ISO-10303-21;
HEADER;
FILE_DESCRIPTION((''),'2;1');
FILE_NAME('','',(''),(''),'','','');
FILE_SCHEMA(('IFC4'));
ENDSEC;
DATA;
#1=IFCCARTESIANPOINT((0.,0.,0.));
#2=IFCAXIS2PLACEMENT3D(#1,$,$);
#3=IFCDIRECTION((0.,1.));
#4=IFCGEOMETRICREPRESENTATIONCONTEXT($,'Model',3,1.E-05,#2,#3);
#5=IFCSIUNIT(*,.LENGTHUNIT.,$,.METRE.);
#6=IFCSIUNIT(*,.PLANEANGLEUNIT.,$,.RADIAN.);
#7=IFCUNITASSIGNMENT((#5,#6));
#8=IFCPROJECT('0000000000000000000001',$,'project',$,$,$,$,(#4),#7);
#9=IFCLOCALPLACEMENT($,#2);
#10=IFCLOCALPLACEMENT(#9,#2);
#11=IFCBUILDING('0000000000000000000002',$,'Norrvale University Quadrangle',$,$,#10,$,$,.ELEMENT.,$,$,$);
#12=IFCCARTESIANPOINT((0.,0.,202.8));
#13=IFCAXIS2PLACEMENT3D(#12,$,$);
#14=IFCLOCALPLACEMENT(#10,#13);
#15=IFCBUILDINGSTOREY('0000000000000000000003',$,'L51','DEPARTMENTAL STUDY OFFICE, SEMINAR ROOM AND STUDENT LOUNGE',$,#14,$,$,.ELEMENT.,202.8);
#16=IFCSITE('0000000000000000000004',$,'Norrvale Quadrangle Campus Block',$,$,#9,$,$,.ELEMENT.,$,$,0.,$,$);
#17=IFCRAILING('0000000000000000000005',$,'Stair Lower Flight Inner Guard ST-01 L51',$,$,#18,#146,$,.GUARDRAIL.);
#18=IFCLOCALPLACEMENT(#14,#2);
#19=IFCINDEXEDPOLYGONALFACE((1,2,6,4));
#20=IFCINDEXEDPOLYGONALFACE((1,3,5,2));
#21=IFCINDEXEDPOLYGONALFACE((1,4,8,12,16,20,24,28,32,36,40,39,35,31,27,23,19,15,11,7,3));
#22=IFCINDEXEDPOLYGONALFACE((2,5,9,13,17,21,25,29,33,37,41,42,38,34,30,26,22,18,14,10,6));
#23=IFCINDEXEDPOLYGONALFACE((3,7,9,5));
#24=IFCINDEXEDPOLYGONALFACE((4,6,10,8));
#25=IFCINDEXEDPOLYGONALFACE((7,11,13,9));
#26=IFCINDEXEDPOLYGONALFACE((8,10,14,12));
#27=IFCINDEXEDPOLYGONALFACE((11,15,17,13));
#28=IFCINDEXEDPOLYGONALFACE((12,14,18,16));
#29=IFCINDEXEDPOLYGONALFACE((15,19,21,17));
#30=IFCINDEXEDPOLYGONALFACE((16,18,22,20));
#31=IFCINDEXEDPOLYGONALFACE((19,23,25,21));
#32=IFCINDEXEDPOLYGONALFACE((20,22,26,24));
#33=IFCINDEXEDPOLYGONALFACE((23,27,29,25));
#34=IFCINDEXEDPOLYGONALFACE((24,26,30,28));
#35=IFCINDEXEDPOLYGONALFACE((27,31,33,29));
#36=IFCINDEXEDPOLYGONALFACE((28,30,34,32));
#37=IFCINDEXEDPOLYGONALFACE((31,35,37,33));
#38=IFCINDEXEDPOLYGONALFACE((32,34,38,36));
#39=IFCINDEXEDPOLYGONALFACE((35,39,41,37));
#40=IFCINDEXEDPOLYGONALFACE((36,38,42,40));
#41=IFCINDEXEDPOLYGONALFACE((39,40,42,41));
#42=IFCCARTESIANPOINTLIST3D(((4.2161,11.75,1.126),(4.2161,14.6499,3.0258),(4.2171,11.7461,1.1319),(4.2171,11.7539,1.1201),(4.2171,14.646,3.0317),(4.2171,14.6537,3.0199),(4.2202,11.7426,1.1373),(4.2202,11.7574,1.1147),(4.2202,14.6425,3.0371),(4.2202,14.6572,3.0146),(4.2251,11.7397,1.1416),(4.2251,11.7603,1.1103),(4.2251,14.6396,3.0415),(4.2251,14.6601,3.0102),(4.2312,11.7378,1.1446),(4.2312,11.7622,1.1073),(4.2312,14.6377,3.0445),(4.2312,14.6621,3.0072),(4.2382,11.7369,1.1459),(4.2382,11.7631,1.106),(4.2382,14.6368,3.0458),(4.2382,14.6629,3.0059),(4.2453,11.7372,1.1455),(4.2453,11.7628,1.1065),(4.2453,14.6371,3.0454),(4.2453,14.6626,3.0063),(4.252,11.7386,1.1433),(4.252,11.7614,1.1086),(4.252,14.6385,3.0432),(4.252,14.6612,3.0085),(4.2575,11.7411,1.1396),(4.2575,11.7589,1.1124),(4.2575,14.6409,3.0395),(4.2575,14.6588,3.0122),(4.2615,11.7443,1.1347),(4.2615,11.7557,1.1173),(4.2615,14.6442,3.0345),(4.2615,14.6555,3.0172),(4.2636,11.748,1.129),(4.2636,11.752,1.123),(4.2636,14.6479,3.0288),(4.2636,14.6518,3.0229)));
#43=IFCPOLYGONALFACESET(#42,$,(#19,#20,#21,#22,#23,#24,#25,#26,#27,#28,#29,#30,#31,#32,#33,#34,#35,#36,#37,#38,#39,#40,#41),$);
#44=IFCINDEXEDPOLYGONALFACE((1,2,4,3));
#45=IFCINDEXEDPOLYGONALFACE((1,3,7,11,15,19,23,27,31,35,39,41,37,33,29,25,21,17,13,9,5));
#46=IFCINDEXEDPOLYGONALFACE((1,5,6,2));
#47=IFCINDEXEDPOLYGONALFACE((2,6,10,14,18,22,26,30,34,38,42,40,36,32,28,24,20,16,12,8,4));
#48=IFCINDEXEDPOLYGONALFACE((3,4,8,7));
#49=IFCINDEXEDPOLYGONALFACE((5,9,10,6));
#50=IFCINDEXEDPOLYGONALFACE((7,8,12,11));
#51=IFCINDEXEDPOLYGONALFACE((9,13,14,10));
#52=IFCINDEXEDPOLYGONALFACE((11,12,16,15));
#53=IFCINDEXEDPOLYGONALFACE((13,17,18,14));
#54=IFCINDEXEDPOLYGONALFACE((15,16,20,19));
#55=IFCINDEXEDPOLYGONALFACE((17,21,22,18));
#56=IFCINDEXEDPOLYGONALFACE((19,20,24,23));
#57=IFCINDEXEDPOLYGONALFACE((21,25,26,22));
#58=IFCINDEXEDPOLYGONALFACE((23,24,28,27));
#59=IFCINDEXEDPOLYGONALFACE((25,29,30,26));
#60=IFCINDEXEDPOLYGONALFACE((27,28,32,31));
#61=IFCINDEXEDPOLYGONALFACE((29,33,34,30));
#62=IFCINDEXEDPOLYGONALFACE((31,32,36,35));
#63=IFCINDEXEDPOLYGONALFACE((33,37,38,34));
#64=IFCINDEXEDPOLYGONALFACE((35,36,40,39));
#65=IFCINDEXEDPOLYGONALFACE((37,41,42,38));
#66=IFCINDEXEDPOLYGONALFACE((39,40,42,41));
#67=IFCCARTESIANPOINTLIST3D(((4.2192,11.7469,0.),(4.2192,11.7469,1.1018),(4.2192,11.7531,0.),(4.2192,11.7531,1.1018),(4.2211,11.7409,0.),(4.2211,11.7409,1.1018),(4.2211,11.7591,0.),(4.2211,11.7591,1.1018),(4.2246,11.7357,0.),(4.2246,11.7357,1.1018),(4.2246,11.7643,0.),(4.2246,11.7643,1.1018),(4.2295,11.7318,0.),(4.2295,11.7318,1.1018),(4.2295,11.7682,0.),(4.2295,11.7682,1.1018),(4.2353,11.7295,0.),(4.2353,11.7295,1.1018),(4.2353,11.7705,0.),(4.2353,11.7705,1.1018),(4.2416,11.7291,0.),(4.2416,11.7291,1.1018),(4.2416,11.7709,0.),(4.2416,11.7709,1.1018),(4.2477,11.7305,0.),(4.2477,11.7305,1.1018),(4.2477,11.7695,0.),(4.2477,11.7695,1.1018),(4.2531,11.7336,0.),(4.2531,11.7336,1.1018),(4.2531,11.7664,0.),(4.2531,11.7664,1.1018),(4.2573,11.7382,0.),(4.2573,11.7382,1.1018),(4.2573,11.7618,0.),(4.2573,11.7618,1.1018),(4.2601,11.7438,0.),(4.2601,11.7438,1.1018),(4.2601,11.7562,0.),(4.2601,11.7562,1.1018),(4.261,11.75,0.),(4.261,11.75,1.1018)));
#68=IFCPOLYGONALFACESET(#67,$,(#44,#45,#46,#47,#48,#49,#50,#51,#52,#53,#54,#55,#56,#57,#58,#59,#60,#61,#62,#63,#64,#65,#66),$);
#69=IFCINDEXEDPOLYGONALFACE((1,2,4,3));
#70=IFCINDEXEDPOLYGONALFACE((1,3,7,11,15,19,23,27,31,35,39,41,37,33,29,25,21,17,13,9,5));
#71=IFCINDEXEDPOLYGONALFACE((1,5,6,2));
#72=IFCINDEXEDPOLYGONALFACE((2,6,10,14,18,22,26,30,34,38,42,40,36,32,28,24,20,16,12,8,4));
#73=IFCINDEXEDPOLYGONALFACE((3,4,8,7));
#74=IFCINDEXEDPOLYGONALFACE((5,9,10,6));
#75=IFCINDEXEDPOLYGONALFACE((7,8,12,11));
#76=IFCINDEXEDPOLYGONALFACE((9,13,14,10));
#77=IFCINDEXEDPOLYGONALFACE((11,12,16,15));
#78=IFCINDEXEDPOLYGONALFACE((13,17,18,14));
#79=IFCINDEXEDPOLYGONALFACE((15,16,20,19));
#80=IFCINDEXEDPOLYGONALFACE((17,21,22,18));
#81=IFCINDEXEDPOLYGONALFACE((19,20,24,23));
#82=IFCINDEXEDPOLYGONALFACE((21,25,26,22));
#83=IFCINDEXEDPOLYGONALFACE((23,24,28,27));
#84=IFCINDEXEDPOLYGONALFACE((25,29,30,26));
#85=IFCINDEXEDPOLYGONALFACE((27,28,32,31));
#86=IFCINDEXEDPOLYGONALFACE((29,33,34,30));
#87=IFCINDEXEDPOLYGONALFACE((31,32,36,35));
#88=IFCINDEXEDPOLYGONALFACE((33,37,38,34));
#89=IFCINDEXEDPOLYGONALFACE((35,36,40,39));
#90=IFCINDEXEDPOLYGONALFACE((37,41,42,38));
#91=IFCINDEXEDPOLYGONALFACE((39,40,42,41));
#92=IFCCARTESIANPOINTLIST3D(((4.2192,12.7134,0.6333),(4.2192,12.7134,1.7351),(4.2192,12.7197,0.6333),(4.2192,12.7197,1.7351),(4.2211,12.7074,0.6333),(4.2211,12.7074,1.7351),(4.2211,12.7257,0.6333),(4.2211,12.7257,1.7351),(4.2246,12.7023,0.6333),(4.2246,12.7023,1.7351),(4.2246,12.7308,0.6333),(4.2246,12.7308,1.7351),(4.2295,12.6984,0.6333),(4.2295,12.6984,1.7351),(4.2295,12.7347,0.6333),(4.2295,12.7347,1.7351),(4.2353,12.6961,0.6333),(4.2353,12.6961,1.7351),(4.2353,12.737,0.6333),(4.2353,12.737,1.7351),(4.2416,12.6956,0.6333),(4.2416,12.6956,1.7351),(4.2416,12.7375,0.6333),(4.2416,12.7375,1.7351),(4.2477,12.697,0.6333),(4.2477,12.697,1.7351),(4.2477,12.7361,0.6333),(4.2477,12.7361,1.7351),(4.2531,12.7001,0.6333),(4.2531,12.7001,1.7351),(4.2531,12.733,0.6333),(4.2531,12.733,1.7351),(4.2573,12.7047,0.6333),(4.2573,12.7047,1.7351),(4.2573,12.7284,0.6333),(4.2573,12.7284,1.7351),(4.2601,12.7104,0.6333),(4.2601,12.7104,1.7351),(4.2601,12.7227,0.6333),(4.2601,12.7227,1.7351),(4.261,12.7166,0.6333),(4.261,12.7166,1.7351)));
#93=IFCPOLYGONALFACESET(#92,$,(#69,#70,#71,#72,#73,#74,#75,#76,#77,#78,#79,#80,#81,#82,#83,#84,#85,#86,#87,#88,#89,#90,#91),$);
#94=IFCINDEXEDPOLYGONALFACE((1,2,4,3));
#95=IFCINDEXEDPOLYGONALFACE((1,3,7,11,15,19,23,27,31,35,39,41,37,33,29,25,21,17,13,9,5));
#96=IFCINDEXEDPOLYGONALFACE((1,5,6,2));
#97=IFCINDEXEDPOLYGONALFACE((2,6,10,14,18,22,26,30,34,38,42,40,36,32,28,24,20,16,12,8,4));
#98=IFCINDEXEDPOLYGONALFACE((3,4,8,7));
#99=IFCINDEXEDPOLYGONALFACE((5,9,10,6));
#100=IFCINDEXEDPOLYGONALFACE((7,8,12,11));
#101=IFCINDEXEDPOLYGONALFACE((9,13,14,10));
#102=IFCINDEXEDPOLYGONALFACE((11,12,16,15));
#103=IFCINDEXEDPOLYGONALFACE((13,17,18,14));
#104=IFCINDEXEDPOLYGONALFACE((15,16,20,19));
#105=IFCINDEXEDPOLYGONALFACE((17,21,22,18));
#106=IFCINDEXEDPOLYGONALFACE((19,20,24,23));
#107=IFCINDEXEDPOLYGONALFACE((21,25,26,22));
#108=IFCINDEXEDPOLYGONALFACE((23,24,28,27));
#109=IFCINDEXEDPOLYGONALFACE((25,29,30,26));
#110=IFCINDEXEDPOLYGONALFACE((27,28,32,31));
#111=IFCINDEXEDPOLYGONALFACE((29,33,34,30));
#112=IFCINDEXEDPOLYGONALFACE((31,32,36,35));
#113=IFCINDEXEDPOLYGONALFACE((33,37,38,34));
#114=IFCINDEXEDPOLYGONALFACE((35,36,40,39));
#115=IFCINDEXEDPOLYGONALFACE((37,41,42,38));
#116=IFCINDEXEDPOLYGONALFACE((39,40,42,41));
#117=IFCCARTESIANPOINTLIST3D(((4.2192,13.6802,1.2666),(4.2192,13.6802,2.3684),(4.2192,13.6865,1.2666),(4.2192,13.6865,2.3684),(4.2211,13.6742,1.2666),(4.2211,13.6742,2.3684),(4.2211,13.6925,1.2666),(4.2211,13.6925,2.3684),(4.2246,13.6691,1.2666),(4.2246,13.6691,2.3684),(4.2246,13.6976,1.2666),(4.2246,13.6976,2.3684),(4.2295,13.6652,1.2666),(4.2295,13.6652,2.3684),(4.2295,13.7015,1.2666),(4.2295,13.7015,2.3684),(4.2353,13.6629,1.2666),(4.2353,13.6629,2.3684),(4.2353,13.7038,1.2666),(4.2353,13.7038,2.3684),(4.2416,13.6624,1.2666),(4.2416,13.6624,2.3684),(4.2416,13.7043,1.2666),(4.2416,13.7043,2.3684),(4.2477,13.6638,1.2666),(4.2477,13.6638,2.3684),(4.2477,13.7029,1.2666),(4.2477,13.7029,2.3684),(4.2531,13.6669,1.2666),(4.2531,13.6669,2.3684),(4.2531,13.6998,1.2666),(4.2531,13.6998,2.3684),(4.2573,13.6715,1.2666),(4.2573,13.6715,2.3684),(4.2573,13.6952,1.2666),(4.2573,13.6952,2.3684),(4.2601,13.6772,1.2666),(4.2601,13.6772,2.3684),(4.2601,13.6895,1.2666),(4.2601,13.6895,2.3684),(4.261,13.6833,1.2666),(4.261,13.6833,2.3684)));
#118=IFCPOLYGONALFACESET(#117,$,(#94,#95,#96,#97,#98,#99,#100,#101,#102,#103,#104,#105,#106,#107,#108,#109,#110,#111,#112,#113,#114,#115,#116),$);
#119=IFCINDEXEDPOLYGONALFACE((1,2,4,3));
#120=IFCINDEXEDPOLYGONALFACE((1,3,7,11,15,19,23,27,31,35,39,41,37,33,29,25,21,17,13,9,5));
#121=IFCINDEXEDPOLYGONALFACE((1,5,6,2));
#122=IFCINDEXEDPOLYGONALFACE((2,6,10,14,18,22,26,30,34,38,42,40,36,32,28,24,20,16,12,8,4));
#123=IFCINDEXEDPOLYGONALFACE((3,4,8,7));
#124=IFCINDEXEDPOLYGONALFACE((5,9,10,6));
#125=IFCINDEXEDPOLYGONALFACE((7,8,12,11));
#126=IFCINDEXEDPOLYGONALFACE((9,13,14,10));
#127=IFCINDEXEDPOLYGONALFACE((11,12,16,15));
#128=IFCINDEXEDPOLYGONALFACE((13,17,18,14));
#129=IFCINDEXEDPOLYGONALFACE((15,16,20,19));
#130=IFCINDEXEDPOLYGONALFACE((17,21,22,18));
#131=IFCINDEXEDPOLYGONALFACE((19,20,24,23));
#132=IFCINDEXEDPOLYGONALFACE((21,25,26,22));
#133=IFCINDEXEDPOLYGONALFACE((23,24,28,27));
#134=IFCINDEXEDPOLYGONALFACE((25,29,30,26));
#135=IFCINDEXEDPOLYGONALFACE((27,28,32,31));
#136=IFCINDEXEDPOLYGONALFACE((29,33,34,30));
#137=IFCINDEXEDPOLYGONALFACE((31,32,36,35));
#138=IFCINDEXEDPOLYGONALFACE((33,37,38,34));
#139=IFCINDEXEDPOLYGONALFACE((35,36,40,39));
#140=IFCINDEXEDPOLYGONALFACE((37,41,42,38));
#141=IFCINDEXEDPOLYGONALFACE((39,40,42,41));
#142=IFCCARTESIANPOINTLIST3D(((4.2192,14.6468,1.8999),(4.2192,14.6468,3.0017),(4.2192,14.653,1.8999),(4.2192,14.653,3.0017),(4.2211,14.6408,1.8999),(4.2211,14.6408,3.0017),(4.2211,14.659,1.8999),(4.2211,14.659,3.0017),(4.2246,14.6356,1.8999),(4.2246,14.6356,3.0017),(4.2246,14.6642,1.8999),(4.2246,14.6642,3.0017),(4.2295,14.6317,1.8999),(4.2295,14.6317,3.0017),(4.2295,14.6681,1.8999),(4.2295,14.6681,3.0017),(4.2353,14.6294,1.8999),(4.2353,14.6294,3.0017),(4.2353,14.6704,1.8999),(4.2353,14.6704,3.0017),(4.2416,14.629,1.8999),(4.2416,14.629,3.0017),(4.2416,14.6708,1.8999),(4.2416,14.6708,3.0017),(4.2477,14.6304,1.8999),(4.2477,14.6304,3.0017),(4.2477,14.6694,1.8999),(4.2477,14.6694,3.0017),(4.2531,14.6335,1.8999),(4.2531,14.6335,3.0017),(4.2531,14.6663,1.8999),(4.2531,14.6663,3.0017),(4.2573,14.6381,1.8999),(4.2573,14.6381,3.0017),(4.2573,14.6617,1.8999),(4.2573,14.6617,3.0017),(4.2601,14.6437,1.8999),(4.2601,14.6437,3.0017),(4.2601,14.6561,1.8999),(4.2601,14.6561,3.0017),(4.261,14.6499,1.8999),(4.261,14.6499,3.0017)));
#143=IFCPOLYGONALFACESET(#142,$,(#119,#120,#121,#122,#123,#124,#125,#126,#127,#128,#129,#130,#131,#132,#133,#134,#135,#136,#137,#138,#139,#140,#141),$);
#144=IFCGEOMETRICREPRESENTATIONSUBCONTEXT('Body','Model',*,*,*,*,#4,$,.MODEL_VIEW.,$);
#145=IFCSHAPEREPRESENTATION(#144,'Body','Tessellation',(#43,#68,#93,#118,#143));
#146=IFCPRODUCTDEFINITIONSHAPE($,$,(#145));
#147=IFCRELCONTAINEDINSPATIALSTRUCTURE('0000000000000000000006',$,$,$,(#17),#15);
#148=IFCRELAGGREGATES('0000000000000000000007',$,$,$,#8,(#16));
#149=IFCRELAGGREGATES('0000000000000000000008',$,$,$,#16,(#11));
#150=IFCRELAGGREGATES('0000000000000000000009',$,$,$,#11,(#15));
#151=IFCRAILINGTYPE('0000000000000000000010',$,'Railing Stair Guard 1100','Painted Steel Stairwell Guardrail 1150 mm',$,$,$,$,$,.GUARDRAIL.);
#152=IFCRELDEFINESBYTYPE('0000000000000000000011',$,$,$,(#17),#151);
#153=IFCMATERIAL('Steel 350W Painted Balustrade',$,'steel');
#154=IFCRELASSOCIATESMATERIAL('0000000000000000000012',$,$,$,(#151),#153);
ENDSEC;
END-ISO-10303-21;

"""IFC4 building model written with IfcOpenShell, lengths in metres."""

from ifc_helpers import new_model, si_unit, direction, frame, origin, origin_2d, place, context, subcontext, project, spatial, circle, extrude, material, type_object, element, save


model = new_model("IFC4")

# Units and contexts
model_context = context("Model", 3, precision=1e-05, world=origin(), true_north=direction((0.0, 1.0)))
body_context = subcontext(model_context, "Body", "Model", "MODEL_VIEW")
ifc_project = project(units=[si_unit("LENGTHUNIT", "METRE"), si_unit("PLANEANGLEUNIT", "RADIAN")], contexts=[model_context])

# Site, building, storey
site_placement = place(None, origin())
site = spatial("IfcSite", under=ifc_project, at=site_placement, Name="Norrvale Quadrangle Campus Block", CompositionType="ELEMENT", RefElevation=0.0)
building_placement = place(site_placement, origin())
building = spatial("IfcBuilding", under=site, at=building_placement, Name="Norrvale University Quadrangle", CompositionType="ELEMENT")
storey_placement = place(building_placement, frame((0.0, 0.0, 202.8)))
storey = spatial("IfcBuildingStorey", under=building, at=storey_placement, Name="L51", Description="DEPARTMENTAL STUDY OFFICE, SEMINAR ROOM AND STUDENT LOUNGE", CompositionType="ELEMENT", Elevation=202.8)

# Railing
ifc_material_1 = material(Name="Steel 350W Painted Balustrade", Category="steel")
railing_type_1 = type_object("IfcRailingType", Name="Railing Stair Guard 1100", Description="Painted Steel Stairwell Guardrail 1150 mm", PredefinedType="GUARDRAIL", material=ifc_material_1)
railing_1_placement = place(storey_placement, frame((4.24, 11.75, 0.0)))
element("IfcRailing", 1, at=railing_1_placement, inside=storey, type_object=railing_type_1, Name="Stair Lower Flight Inner Guard ST-01 L51", PredefinedType="GUARDRAIL", context=body_context, shape_type="SweptSolid", body=[
    extrude(circle(Radius=0.0239, at=origin_2d()), frame((0.0, 0.0, 1.126), z_axis=(0.0, 0.836466, 0.548019), x_axis=(-1.0, 0.0, 0.0)), (0.0, 0.0, 1.0), 3.4668),
    extrude(circle(Radius=0.021, at=origin_2d()), origin(), (0.0, 0.0, 1.0), 1.1018),
    extrude(circle(Radius=0.021, at=origin_2d()), frame((0.0, 0.9666, 0.6333)), (0.0, 0.0, 1.0), 1.1018),
    extrude(circle(Radius=0.021, at=origin_2d()), frame((0.0, 1.9333, 1.2666)), (0.0, 0.0, 1.0), 1.1018),
    extrude(circle(Radius=0.021, at=origin_2d()), frame((0.0, 2.8999, 1.8999)), (0.0, 0.0, 1.0), 1.1018),
])

save(model, "model.ifc")
